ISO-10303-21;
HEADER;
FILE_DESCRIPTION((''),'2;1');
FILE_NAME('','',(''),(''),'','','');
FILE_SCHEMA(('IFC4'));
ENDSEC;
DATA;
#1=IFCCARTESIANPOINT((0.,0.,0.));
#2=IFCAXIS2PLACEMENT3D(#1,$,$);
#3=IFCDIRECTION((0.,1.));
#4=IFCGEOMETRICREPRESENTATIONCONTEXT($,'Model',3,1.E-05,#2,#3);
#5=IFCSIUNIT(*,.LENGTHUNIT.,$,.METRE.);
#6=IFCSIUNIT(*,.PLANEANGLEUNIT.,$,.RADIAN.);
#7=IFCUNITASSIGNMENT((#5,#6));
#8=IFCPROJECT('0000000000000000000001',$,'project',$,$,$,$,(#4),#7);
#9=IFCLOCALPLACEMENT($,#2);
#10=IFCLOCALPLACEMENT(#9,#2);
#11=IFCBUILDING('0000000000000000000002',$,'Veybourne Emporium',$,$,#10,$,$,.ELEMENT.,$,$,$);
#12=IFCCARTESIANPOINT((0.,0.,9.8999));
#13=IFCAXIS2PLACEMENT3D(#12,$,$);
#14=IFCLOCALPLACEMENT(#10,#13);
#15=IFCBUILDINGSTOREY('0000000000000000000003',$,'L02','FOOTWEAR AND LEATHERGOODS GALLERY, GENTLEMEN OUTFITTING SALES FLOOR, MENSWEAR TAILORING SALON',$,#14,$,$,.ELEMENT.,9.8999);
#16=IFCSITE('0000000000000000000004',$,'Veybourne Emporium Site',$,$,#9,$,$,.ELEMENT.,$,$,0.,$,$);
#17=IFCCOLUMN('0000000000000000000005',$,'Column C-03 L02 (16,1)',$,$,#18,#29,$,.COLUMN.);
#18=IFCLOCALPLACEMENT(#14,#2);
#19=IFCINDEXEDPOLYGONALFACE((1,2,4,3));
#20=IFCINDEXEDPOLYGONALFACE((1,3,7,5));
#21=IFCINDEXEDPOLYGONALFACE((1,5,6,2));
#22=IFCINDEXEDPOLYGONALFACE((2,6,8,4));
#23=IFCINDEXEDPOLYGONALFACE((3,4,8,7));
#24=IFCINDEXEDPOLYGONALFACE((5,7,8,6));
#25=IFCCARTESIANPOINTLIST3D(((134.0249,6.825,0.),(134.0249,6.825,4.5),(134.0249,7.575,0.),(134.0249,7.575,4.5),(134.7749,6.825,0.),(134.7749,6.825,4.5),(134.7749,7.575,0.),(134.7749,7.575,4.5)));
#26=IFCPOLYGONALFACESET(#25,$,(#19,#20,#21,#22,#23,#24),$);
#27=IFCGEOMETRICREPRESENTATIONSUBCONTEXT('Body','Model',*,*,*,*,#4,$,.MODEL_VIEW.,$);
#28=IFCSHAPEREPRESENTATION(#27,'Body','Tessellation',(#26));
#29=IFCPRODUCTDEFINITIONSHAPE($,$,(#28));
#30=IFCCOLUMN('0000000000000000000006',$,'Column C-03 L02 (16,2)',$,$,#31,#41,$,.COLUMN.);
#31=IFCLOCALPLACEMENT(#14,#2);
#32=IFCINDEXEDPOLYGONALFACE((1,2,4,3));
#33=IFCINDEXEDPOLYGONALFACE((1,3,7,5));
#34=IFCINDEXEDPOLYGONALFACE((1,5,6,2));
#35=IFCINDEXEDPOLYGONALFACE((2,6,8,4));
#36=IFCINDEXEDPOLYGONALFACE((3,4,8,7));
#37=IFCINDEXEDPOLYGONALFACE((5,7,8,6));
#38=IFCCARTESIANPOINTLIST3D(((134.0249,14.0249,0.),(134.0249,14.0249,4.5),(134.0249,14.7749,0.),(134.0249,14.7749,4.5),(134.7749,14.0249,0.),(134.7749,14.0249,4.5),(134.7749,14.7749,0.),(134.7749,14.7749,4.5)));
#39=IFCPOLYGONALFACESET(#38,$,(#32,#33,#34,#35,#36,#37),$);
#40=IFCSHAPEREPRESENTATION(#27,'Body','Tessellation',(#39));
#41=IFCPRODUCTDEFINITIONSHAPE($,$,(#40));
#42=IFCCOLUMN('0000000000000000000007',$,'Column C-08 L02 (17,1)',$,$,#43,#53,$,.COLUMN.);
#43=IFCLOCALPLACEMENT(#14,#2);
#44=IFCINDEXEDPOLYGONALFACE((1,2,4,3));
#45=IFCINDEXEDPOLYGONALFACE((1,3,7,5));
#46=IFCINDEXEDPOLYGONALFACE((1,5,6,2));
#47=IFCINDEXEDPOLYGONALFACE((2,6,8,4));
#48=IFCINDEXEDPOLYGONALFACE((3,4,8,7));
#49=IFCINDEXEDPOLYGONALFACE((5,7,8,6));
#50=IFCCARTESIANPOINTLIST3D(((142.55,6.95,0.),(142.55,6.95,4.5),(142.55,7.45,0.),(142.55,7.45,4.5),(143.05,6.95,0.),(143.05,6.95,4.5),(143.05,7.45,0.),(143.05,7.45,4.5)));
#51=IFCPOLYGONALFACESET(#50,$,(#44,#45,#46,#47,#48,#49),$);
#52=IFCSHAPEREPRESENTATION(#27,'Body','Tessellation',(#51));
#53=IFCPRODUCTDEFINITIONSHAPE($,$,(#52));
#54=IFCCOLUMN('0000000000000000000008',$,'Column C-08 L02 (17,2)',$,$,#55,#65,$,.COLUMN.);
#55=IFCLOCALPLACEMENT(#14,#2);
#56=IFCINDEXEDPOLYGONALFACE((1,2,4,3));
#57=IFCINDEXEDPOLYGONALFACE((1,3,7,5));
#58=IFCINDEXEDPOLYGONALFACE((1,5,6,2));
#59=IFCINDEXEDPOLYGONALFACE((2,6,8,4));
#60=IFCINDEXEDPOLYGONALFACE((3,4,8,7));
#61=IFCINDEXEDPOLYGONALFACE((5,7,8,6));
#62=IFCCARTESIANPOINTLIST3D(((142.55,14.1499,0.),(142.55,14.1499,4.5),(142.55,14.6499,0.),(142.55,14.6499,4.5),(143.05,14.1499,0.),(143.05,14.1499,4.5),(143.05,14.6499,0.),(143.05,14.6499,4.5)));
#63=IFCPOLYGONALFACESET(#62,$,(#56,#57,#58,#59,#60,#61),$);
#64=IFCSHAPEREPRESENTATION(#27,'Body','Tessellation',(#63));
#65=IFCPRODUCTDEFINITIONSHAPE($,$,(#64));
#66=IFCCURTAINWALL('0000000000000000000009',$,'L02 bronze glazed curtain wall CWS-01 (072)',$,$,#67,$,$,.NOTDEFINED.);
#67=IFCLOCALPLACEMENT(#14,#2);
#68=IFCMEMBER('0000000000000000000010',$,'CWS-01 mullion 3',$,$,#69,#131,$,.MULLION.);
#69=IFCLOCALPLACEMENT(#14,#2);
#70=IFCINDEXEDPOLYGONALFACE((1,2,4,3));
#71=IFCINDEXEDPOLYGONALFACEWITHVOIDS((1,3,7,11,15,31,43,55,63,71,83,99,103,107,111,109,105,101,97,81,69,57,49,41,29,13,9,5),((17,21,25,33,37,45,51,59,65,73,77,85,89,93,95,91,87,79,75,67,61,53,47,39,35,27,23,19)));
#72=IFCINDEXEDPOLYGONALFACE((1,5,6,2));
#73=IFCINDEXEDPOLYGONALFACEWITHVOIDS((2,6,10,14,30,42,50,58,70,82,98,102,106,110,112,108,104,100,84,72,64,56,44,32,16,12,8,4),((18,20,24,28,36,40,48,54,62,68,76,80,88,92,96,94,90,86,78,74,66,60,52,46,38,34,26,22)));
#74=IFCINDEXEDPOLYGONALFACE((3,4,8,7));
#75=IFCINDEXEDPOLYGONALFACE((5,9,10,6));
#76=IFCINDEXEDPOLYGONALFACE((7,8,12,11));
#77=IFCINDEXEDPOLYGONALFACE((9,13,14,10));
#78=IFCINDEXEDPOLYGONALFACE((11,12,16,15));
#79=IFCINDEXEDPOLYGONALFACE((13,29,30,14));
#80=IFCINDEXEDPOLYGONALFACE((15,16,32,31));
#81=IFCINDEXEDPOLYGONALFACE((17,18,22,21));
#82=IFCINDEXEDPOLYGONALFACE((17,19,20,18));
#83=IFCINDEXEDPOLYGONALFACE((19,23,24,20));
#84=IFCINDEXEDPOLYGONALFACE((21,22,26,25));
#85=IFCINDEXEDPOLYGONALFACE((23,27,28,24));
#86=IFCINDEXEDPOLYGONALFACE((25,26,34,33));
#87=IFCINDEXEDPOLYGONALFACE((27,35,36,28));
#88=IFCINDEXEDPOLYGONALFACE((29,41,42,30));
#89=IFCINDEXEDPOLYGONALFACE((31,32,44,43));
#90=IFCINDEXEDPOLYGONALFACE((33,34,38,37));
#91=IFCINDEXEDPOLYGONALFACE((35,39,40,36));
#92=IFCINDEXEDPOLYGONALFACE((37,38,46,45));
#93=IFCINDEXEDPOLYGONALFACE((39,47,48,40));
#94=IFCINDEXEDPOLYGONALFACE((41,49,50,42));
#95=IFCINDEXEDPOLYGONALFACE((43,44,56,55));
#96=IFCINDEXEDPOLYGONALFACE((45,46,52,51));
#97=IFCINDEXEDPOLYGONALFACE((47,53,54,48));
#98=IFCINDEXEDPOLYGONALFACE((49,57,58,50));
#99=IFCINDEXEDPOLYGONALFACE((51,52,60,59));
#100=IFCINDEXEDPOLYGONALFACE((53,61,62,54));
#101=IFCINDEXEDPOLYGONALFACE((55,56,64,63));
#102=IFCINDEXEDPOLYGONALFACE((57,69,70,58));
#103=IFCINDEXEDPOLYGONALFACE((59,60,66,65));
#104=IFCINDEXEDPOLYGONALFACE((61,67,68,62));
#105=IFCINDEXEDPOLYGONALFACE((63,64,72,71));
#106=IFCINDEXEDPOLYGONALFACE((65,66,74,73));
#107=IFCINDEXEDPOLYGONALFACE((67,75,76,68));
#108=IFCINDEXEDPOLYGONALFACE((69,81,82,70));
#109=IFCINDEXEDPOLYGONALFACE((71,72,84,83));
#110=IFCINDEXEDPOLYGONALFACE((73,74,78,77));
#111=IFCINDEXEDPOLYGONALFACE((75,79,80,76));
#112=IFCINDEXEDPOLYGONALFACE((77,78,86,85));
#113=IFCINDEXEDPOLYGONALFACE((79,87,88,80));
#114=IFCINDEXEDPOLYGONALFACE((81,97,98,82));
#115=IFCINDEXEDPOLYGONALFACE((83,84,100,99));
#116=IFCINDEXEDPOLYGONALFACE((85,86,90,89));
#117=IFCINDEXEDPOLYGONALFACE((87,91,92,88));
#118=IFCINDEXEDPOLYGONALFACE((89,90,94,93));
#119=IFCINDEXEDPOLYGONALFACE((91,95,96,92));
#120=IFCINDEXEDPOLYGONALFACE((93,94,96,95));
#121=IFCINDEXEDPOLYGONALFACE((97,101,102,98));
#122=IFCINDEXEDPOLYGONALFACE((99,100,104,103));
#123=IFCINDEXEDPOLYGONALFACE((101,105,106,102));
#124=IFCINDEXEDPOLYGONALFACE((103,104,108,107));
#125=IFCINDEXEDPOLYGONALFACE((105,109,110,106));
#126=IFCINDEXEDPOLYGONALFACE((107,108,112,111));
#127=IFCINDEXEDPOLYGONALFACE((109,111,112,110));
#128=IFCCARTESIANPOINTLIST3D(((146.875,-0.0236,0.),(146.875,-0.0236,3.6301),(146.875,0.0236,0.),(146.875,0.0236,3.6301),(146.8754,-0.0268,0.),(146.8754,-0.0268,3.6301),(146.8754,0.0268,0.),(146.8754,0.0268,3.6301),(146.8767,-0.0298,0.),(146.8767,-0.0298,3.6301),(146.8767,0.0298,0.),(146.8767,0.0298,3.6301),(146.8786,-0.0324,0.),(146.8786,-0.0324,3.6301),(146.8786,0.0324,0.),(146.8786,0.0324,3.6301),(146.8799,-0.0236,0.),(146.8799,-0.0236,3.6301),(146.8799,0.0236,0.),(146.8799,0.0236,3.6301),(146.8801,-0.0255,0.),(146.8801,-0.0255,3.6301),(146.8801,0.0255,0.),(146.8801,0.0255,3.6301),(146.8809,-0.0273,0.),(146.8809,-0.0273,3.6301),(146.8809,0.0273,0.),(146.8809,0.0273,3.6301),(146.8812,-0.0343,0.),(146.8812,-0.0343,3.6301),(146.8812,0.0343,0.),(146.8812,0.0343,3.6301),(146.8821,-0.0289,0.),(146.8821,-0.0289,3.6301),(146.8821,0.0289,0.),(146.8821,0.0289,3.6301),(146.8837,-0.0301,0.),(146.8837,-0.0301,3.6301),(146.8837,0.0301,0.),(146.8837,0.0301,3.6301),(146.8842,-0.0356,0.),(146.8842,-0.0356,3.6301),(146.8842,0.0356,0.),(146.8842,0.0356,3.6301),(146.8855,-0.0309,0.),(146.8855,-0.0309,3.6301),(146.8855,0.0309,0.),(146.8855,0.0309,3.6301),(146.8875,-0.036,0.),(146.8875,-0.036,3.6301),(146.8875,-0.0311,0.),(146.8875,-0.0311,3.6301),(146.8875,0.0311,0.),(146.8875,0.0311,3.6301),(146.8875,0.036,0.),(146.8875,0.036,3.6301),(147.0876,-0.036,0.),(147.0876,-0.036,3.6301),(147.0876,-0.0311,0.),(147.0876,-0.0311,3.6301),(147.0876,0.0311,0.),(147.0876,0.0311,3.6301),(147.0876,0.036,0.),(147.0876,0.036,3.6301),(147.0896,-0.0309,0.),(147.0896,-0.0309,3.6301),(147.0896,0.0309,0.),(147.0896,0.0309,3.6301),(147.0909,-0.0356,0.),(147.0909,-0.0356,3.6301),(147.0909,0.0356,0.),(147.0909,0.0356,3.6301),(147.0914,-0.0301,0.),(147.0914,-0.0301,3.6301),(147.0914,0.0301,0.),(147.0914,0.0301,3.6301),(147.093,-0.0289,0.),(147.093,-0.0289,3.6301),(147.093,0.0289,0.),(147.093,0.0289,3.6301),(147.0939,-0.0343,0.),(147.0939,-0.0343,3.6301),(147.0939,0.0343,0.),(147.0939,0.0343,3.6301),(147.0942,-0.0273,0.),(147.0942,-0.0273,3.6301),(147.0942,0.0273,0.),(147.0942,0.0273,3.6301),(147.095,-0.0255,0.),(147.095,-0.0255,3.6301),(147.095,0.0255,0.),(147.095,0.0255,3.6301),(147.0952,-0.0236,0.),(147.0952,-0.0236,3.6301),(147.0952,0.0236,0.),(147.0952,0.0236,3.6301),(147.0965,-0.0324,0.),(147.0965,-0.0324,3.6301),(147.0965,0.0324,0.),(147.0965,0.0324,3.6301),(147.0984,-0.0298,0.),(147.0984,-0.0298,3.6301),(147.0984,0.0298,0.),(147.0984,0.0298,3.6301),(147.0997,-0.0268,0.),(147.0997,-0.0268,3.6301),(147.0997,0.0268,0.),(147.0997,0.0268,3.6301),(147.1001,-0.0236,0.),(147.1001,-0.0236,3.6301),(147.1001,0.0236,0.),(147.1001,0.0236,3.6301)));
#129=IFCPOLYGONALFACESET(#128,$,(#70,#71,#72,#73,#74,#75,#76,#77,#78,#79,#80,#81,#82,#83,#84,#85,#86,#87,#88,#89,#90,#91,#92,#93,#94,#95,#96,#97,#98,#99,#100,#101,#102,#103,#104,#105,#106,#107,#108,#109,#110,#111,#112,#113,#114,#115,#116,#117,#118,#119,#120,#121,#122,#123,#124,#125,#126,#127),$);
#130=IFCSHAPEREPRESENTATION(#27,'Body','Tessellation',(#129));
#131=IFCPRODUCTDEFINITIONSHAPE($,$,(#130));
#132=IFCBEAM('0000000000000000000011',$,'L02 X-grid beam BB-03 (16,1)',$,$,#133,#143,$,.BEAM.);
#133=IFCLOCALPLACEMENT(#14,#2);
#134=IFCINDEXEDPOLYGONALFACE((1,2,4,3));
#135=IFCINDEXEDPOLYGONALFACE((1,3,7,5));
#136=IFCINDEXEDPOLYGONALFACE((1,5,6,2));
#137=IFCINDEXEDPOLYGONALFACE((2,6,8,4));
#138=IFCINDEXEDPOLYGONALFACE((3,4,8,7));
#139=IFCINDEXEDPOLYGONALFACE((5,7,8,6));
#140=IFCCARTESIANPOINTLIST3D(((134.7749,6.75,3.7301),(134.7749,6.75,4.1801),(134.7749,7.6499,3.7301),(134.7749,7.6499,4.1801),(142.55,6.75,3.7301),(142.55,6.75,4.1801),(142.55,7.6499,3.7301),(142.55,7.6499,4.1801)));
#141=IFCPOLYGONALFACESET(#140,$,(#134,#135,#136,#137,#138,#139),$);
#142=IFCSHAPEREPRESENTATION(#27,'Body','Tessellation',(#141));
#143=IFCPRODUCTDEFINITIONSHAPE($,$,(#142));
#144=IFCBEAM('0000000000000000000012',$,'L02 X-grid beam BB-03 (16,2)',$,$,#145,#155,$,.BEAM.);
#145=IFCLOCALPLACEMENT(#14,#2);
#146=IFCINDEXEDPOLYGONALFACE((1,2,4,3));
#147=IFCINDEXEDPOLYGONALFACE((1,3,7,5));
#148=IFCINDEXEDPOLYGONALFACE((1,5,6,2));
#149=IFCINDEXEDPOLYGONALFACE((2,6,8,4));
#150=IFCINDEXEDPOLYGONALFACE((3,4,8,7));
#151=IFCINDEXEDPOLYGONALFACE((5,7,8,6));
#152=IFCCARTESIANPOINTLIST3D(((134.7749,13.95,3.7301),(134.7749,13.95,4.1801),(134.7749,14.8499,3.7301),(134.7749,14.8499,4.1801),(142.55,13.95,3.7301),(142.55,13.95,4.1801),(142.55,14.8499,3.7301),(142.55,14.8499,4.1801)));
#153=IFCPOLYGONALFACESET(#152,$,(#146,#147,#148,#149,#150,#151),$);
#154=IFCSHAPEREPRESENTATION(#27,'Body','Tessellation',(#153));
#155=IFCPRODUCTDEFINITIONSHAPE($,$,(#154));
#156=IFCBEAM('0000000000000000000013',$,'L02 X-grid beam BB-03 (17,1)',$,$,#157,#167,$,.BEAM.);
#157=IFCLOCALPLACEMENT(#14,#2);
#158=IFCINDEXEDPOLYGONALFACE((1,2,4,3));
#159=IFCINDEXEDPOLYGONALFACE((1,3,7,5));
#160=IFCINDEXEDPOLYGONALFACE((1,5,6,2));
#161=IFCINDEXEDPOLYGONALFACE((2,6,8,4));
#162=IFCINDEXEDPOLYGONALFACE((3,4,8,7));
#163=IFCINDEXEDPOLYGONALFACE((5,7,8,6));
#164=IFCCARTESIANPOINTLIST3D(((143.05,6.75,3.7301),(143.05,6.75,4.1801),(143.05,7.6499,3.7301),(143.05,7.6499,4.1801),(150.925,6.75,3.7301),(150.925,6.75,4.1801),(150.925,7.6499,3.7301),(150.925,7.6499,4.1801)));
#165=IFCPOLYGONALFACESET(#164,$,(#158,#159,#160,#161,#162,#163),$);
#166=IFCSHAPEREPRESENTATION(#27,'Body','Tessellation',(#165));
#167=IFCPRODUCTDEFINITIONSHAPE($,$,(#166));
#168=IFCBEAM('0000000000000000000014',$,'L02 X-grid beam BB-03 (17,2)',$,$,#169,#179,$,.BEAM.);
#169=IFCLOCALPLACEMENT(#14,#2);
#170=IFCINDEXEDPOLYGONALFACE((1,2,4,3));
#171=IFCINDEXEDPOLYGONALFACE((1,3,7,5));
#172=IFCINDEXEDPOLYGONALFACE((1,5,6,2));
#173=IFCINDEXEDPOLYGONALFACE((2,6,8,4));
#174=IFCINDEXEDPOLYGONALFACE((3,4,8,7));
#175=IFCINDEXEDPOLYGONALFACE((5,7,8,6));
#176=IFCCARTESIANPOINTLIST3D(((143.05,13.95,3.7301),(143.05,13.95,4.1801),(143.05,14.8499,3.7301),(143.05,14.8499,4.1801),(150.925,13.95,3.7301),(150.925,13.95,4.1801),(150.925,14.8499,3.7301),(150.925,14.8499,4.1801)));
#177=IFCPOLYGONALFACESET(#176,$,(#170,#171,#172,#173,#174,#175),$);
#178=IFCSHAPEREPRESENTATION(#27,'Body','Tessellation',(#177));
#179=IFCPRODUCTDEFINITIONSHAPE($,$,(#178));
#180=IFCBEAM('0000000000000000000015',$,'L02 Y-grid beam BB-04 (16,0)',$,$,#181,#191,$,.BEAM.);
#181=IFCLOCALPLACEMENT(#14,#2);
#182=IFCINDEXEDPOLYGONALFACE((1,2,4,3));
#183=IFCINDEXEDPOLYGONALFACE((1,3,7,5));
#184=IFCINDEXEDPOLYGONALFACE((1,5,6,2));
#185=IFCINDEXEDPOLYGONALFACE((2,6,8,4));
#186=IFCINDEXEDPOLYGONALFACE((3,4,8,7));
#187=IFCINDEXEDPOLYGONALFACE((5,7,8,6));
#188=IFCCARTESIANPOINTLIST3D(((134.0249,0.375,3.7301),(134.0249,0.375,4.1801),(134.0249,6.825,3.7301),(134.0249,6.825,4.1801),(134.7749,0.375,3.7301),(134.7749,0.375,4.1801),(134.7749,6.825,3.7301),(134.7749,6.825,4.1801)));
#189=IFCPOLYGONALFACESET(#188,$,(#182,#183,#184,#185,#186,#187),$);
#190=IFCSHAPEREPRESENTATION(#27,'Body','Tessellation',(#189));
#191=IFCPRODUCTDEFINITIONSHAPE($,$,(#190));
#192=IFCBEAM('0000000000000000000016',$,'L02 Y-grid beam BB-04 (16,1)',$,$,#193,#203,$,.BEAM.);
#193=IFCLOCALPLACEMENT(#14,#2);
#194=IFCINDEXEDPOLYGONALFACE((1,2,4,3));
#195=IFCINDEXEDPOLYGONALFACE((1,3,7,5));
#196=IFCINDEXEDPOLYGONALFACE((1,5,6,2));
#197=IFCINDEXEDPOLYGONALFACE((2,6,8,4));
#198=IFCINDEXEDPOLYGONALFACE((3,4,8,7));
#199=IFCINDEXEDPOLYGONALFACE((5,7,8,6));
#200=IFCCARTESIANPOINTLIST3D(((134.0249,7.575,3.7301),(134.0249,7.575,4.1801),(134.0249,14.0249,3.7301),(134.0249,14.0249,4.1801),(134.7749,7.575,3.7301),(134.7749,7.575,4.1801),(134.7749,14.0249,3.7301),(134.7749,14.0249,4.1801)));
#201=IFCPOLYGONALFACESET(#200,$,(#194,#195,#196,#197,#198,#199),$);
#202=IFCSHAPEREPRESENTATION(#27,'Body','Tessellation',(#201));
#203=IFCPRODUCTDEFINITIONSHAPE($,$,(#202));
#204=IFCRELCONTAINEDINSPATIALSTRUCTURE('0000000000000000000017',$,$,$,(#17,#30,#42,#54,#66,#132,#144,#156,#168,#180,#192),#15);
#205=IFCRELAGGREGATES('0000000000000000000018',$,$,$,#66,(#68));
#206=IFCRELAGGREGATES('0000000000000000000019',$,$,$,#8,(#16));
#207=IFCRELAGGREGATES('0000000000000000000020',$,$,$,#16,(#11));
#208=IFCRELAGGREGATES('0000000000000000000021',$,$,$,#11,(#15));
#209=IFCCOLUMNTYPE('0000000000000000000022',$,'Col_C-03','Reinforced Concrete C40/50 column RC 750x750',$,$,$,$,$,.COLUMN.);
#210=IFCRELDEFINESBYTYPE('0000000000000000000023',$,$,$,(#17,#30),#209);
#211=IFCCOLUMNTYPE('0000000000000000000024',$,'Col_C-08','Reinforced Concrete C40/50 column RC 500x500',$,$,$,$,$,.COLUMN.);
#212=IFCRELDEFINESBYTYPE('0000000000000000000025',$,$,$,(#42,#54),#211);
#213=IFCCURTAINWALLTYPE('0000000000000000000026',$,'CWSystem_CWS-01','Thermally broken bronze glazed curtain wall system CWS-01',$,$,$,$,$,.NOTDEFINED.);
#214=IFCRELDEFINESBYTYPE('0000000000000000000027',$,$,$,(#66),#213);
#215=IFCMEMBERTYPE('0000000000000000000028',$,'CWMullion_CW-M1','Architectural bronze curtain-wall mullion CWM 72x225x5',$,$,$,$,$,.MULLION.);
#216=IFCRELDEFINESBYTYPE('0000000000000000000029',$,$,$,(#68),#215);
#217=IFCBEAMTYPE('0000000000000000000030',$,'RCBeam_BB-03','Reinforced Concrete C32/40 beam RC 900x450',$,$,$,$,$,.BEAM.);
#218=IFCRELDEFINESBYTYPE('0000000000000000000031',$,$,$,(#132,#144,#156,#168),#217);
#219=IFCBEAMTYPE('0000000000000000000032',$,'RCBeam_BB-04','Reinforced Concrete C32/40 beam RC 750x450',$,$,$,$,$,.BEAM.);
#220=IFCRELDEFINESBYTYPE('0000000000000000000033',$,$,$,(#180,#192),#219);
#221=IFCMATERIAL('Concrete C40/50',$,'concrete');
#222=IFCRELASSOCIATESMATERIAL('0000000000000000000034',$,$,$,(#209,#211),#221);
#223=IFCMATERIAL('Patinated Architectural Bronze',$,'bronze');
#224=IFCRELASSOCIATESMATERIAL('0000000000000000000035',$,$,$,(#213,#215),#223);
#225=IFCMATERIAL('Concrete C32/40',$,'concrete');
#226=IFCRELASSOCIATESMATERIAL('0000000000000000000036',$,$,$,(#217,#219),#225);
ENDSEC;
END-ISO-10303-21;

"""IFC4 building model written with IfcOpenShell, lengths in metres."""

from ifc_helpers import new_model, si_unit, direction, frame, origin, origin_2d, place, context, subcontext, project, spatial, rectangle, hollow_rectangle, extrude, material, material_profile, profile_set, type_object, element, aggregate, save


model = new_model("IFC4")

# Units and contexts
model_context = context("Model", 3, precision=1e-05, world=origin(), true_north=direction((0.0, 1.0)))
body_context = subcontext(model_context, "Body", "Model", "MODEL_VIEW")
ifc_project = project(units=[si_unit("LENGTHUNIT", "METRE"), si_unit("PLANEANGLEUNIT", "RADIAN")], contexts=[model_context])

# Site, building, storey
site_placement = place(None, origin())
site = spatial("IfcSite", under=ifc_project, at=site_placement, Name="Veybourne Emporium Site", CompositionType="ELEMENT", RefElevation=0.0)
building_placement = place(site_placement, origin())
building = spatial("IfcBuilding", under=site, at=building_placement, Name="Veybourne Emporium", CompositionType="ELEMENT")
storey_placement = place(building_placement, frame((0.0, 0.0, 9.8999)))
storey = spatial("IfcBuildingStorey", under=building, at=storey_placement, Name="L02", Description="FOOTWEAR AND LEATHERGOODS GALLERY, GENTLEMEN OUTFITTING SALES FLOOR, MENSWEAR TAILORING SALON", CompositionType="ELEMENT", Elevation=9.8999)

# Columns
ifc_material_1 = material(Name="Concrete C40/50", Category="concrete")
ifc_material_profile_1 = material_profile(ifc_material_1, rectangle(XDim=0.75, YDim=0.75, at=origin_2d()), Name="RC 750x750")
ifc_profile_set_1 = profile_set([ifc_material_profile_1], Name="Concrete C40/50")
column_type_1 = type_object("IfcColumnType", Name="Col_C-03", Description="Reinforced Concrete C40/50 column RC 750x750", PredefinedType="COLUMN", material=ifc_profile_set_1)
for number, where, z_axis, x_axis, name in (
    (1, (134.3999, 7.2, 0.0), (0.0, 0.0, 1.0), (1.0, 0.0, 0.0), "Column C-03 L02 (16,1)"),
    (2, (134.3999, 14.3999, 0.0), (0.0, 0.0, 1.0), (1.0, 0.0, 0.0), "Column C-03 L02 (16,2)"),
):
    element("IfcColumn", number, at=place(storey_placement, frame(where, z_axis=z_axis, x_axis=x_axis)), inside=storey, type_object=column_type_1, Name=name, PredefinedType="COLUMN", context=body_context, shape_type="SweptSolid", body=[
        extrude(rectangle(XDim=0.75, YDim=0.75, at=origin_2d()), origin(), (0.0, 0.0, 1.0), 4.5),
    ])
ifc_material_profile_2 = material_profile(ifc_material_1, rectangle(XDim=0.5, YDim=0.5, at=origin_2d()), Name="RC 500x500")
ifc_profile_set_2 = profile_set([ifc_material_profile_2], Name="Concrete C40/50")
column_type_2 = type_object("IfcColumnType", Name="Col_C-08", Description="Reinforced Concrete C40/50 column RC 500x500", PredefinedType="COLUMN", material=ifc_profile_set_2)
for number, where, z_axis, x_axis, name in (
    (3, (142.8, 7.2, 0.0), (0.0, 0.0, 1.0), (1.0, 0.0, 0.0), "Column C-08 L02 (17,1)"),
    (4, (142.8, 14.3999, 0.0), (0.0, 0.0, 1.0), (1.0, 0.0, 0.0), "Column C-08 L02 (17,2)"),
):
    element("IfcColumn", number, at=place(storey_placement, frame(where, z_axis=z_axis, x_axis=x_axis)), inside=storey, type_object=column_type_2, Name=name, PredefinedType="COLUMN", context=body_context, shape_type="SweptSolid", body=[
        extrude(rectangle(XDim=0.5, YDim=0.5, at=origin_2d()), origin(), (0.0, 0.0, 1.0), 4.5),
    ])

# Curtain wall, member
ifc_material_2 = material(Name="Patinated Architectural Bronze", Category="bronze")
curtain_wall_type = type_object("IfcCurtainWallType", Name="CWSystem_CWS-01", Description="Thermally broken bronze glazed curtain wall system CWS-01", PredefinedType="NOTDEFINED", material=ifc_material_2)
curtain_wall_placement = place(storey_placement, origin())
curtain_wall = element("IfcCurtainWall", 5, at=curtain_wall_placement, inside=storey, type_object=curtain_wall_type, Name="L02 bronze glazed curtain wall CWS-01 (072)", PredefinedType="NOTDEFINED")
ifc_material_profile_3 = material_profile(ifc_material_2, hollow_rectangle(XDim=0.072, YDim=0.2251, WallThickness=0.0049, InnerFilletRadius=0.0076, OuterFilletRadius=0.0125, at=origin_2d()), Name="CWM 72x225x5")
ifc_profile_set_3 = profile_set([ifc_material_profile_3], Name="Patinated Architectural Bronze")
member_type = type_object("IfcMemberType", Name="CWMullion_CW-M1", Description="Architectural bronze curtain-wall mullion CWM 72x225x5", PredefinedType="MULLION", material=ifc_profile_set_3)
member_placement = place(storey_placement, frame((146.9875, 0.0, 0.0), z_axis=(0.0, 0.0, 1.0), x_axis=(0.0, -1.0, 0.0)))
member = element("IfcMember", 6, at=member_placement, type_object=member_type, Name="CWS-01 mullion 3", PredefinedType="MULLION", context=body_context, shape_type="SweptSolid", body=[
    extrude(hollow_rectangle(XDim=0.072, YDim=0.2251, WallThickness=0.0049, InnerFilletRadius=0.0076, OuterFilletRadius=0.0125, at=origin_2d()), origin(), (0.0, 0.0, 1.0), 3.6301),
])
aggregate(curtain_wall, [member])

# Beams
ifc_material_3 = material(Name="Concrete C32/40", Category="concrete")
ifc_material_profile_4 = material_profile(ifc_material_3, rectangle(XDim=0.8999, YDim=0.45, at=origin_2d()), Name="RC 900x450")
ifc_profile_set_4 = profile_set([ifc_material_profile_4], Name="Concrete C32/40")
beam_type_1 = type_object("IfcBeamType", Name="RCBeam_BB-03", Description="Reinforced Concrete C32/40 beam RC 900x450", PredefinedType="BEAM", material=ifc_profile_set_4)
for number, where, z_axis, x_axis, name in (
    (7, (134.7749, 7.2, 3.9551), (1.0, 0.0, 0.0), (0.0, 1.0, 0.0), "L02 X-grid beam BB-03 (16,1)"),
    (8, (134.7749, 14.3999, 3.9551), (1.0, 0.0, 0.0), (0.0, 1.0, 0.0), "L02 X-grid beam BB-03 (16,2)"),
):
    element("IfcBeam", number, at=place(storey_placement, frame(where, z_axis=z_axis, x_axis=x_axis)), inside=storey, type_object=beam_type_1, Name=name, PredefinedType="BEAM", context=body_context, shape_type="SweptSolid", body=[
        extrude(rectangle(XDim=0.8999, YDim=0.45, at=origin_2d()), origin(), (0.0, 0.0, 1.0), 7.7751),
    ])
for number, where, z_axis, x_axis, name in (
    (9, (143.05, 7.2, 3.9551), (1.0, 0.0, 0.0), (0.0, 1.0, 0.0), "L02 X-grid beam BB-03 (17,1)"),
    (10, (143.05, 14.3999, 3.9551), (1.0, 0.0, 0.0), (0.0, 1.0, 0.0), "L02 X-grid beam BB-03 (17,2)"),
):
    element("IfcBeam", number, at=place(storey_placement, frame(where, z_axis=z_axis, x_axis=x_axis)), inside=storey, type_object=beam_type_1, Name=name, PredefinedType="BEAM", context=body_context, shape_type="SweptSolid", body=[
        extrude(rectangle(XDim=0.8999, YDim=0.45, at=origin_2d()), origin(), (0.0, 0.0, 1.0), 7.875),
    ])
ifc_material_profile_5 = material_profile(ifc_material_3, rectangle(XDim=0.75, YDim=0.45, at=origin_2d()), Name="RC 750x450")
ifc_profile_set_5 = profile_set([ifc_material_profile_5], Name="Concrete C32/40")
beam_type_2 = type_object("IfcBeamType", Name="RCBeam_BB-04", Description="Reinforced Concrete C32/40 beam RC 750x450", PredefinedType="BEAM", material=ifc_profile_set_5)
for number, where, z_axis, x_axis, name in (
    (11, (134.3999, 0.375, 3.9551), (0.0, 1.0, 0.0), (-1.0, 0.0, 0.0), "L02 Y-grid beam BB-04 (16,0)"),
    (12, (134.3999, 7.575, 3.9551), (0.0, 1.0, 0.0), (-1.0, 0.0, 0.0), "L02 Y-grid beam BB-04 (16,1)"),
):
    element("IfcBeam", number, at=place(storey_placement, frame(where, z_axis=z_axis, x_axis=x_axis)), inside=storey, type_object=beam_type_2, Name=name, PredefinedType="BEAM", context=body_context, shape_type="SweptSolid", body=[
        extrude(rectangle(XDim=0.75, YDim=0.45, at=origin_2d()), origin(), (0.0, 0.0, 1.0), 6.45),
    ])

save(model, "model.ifc")
